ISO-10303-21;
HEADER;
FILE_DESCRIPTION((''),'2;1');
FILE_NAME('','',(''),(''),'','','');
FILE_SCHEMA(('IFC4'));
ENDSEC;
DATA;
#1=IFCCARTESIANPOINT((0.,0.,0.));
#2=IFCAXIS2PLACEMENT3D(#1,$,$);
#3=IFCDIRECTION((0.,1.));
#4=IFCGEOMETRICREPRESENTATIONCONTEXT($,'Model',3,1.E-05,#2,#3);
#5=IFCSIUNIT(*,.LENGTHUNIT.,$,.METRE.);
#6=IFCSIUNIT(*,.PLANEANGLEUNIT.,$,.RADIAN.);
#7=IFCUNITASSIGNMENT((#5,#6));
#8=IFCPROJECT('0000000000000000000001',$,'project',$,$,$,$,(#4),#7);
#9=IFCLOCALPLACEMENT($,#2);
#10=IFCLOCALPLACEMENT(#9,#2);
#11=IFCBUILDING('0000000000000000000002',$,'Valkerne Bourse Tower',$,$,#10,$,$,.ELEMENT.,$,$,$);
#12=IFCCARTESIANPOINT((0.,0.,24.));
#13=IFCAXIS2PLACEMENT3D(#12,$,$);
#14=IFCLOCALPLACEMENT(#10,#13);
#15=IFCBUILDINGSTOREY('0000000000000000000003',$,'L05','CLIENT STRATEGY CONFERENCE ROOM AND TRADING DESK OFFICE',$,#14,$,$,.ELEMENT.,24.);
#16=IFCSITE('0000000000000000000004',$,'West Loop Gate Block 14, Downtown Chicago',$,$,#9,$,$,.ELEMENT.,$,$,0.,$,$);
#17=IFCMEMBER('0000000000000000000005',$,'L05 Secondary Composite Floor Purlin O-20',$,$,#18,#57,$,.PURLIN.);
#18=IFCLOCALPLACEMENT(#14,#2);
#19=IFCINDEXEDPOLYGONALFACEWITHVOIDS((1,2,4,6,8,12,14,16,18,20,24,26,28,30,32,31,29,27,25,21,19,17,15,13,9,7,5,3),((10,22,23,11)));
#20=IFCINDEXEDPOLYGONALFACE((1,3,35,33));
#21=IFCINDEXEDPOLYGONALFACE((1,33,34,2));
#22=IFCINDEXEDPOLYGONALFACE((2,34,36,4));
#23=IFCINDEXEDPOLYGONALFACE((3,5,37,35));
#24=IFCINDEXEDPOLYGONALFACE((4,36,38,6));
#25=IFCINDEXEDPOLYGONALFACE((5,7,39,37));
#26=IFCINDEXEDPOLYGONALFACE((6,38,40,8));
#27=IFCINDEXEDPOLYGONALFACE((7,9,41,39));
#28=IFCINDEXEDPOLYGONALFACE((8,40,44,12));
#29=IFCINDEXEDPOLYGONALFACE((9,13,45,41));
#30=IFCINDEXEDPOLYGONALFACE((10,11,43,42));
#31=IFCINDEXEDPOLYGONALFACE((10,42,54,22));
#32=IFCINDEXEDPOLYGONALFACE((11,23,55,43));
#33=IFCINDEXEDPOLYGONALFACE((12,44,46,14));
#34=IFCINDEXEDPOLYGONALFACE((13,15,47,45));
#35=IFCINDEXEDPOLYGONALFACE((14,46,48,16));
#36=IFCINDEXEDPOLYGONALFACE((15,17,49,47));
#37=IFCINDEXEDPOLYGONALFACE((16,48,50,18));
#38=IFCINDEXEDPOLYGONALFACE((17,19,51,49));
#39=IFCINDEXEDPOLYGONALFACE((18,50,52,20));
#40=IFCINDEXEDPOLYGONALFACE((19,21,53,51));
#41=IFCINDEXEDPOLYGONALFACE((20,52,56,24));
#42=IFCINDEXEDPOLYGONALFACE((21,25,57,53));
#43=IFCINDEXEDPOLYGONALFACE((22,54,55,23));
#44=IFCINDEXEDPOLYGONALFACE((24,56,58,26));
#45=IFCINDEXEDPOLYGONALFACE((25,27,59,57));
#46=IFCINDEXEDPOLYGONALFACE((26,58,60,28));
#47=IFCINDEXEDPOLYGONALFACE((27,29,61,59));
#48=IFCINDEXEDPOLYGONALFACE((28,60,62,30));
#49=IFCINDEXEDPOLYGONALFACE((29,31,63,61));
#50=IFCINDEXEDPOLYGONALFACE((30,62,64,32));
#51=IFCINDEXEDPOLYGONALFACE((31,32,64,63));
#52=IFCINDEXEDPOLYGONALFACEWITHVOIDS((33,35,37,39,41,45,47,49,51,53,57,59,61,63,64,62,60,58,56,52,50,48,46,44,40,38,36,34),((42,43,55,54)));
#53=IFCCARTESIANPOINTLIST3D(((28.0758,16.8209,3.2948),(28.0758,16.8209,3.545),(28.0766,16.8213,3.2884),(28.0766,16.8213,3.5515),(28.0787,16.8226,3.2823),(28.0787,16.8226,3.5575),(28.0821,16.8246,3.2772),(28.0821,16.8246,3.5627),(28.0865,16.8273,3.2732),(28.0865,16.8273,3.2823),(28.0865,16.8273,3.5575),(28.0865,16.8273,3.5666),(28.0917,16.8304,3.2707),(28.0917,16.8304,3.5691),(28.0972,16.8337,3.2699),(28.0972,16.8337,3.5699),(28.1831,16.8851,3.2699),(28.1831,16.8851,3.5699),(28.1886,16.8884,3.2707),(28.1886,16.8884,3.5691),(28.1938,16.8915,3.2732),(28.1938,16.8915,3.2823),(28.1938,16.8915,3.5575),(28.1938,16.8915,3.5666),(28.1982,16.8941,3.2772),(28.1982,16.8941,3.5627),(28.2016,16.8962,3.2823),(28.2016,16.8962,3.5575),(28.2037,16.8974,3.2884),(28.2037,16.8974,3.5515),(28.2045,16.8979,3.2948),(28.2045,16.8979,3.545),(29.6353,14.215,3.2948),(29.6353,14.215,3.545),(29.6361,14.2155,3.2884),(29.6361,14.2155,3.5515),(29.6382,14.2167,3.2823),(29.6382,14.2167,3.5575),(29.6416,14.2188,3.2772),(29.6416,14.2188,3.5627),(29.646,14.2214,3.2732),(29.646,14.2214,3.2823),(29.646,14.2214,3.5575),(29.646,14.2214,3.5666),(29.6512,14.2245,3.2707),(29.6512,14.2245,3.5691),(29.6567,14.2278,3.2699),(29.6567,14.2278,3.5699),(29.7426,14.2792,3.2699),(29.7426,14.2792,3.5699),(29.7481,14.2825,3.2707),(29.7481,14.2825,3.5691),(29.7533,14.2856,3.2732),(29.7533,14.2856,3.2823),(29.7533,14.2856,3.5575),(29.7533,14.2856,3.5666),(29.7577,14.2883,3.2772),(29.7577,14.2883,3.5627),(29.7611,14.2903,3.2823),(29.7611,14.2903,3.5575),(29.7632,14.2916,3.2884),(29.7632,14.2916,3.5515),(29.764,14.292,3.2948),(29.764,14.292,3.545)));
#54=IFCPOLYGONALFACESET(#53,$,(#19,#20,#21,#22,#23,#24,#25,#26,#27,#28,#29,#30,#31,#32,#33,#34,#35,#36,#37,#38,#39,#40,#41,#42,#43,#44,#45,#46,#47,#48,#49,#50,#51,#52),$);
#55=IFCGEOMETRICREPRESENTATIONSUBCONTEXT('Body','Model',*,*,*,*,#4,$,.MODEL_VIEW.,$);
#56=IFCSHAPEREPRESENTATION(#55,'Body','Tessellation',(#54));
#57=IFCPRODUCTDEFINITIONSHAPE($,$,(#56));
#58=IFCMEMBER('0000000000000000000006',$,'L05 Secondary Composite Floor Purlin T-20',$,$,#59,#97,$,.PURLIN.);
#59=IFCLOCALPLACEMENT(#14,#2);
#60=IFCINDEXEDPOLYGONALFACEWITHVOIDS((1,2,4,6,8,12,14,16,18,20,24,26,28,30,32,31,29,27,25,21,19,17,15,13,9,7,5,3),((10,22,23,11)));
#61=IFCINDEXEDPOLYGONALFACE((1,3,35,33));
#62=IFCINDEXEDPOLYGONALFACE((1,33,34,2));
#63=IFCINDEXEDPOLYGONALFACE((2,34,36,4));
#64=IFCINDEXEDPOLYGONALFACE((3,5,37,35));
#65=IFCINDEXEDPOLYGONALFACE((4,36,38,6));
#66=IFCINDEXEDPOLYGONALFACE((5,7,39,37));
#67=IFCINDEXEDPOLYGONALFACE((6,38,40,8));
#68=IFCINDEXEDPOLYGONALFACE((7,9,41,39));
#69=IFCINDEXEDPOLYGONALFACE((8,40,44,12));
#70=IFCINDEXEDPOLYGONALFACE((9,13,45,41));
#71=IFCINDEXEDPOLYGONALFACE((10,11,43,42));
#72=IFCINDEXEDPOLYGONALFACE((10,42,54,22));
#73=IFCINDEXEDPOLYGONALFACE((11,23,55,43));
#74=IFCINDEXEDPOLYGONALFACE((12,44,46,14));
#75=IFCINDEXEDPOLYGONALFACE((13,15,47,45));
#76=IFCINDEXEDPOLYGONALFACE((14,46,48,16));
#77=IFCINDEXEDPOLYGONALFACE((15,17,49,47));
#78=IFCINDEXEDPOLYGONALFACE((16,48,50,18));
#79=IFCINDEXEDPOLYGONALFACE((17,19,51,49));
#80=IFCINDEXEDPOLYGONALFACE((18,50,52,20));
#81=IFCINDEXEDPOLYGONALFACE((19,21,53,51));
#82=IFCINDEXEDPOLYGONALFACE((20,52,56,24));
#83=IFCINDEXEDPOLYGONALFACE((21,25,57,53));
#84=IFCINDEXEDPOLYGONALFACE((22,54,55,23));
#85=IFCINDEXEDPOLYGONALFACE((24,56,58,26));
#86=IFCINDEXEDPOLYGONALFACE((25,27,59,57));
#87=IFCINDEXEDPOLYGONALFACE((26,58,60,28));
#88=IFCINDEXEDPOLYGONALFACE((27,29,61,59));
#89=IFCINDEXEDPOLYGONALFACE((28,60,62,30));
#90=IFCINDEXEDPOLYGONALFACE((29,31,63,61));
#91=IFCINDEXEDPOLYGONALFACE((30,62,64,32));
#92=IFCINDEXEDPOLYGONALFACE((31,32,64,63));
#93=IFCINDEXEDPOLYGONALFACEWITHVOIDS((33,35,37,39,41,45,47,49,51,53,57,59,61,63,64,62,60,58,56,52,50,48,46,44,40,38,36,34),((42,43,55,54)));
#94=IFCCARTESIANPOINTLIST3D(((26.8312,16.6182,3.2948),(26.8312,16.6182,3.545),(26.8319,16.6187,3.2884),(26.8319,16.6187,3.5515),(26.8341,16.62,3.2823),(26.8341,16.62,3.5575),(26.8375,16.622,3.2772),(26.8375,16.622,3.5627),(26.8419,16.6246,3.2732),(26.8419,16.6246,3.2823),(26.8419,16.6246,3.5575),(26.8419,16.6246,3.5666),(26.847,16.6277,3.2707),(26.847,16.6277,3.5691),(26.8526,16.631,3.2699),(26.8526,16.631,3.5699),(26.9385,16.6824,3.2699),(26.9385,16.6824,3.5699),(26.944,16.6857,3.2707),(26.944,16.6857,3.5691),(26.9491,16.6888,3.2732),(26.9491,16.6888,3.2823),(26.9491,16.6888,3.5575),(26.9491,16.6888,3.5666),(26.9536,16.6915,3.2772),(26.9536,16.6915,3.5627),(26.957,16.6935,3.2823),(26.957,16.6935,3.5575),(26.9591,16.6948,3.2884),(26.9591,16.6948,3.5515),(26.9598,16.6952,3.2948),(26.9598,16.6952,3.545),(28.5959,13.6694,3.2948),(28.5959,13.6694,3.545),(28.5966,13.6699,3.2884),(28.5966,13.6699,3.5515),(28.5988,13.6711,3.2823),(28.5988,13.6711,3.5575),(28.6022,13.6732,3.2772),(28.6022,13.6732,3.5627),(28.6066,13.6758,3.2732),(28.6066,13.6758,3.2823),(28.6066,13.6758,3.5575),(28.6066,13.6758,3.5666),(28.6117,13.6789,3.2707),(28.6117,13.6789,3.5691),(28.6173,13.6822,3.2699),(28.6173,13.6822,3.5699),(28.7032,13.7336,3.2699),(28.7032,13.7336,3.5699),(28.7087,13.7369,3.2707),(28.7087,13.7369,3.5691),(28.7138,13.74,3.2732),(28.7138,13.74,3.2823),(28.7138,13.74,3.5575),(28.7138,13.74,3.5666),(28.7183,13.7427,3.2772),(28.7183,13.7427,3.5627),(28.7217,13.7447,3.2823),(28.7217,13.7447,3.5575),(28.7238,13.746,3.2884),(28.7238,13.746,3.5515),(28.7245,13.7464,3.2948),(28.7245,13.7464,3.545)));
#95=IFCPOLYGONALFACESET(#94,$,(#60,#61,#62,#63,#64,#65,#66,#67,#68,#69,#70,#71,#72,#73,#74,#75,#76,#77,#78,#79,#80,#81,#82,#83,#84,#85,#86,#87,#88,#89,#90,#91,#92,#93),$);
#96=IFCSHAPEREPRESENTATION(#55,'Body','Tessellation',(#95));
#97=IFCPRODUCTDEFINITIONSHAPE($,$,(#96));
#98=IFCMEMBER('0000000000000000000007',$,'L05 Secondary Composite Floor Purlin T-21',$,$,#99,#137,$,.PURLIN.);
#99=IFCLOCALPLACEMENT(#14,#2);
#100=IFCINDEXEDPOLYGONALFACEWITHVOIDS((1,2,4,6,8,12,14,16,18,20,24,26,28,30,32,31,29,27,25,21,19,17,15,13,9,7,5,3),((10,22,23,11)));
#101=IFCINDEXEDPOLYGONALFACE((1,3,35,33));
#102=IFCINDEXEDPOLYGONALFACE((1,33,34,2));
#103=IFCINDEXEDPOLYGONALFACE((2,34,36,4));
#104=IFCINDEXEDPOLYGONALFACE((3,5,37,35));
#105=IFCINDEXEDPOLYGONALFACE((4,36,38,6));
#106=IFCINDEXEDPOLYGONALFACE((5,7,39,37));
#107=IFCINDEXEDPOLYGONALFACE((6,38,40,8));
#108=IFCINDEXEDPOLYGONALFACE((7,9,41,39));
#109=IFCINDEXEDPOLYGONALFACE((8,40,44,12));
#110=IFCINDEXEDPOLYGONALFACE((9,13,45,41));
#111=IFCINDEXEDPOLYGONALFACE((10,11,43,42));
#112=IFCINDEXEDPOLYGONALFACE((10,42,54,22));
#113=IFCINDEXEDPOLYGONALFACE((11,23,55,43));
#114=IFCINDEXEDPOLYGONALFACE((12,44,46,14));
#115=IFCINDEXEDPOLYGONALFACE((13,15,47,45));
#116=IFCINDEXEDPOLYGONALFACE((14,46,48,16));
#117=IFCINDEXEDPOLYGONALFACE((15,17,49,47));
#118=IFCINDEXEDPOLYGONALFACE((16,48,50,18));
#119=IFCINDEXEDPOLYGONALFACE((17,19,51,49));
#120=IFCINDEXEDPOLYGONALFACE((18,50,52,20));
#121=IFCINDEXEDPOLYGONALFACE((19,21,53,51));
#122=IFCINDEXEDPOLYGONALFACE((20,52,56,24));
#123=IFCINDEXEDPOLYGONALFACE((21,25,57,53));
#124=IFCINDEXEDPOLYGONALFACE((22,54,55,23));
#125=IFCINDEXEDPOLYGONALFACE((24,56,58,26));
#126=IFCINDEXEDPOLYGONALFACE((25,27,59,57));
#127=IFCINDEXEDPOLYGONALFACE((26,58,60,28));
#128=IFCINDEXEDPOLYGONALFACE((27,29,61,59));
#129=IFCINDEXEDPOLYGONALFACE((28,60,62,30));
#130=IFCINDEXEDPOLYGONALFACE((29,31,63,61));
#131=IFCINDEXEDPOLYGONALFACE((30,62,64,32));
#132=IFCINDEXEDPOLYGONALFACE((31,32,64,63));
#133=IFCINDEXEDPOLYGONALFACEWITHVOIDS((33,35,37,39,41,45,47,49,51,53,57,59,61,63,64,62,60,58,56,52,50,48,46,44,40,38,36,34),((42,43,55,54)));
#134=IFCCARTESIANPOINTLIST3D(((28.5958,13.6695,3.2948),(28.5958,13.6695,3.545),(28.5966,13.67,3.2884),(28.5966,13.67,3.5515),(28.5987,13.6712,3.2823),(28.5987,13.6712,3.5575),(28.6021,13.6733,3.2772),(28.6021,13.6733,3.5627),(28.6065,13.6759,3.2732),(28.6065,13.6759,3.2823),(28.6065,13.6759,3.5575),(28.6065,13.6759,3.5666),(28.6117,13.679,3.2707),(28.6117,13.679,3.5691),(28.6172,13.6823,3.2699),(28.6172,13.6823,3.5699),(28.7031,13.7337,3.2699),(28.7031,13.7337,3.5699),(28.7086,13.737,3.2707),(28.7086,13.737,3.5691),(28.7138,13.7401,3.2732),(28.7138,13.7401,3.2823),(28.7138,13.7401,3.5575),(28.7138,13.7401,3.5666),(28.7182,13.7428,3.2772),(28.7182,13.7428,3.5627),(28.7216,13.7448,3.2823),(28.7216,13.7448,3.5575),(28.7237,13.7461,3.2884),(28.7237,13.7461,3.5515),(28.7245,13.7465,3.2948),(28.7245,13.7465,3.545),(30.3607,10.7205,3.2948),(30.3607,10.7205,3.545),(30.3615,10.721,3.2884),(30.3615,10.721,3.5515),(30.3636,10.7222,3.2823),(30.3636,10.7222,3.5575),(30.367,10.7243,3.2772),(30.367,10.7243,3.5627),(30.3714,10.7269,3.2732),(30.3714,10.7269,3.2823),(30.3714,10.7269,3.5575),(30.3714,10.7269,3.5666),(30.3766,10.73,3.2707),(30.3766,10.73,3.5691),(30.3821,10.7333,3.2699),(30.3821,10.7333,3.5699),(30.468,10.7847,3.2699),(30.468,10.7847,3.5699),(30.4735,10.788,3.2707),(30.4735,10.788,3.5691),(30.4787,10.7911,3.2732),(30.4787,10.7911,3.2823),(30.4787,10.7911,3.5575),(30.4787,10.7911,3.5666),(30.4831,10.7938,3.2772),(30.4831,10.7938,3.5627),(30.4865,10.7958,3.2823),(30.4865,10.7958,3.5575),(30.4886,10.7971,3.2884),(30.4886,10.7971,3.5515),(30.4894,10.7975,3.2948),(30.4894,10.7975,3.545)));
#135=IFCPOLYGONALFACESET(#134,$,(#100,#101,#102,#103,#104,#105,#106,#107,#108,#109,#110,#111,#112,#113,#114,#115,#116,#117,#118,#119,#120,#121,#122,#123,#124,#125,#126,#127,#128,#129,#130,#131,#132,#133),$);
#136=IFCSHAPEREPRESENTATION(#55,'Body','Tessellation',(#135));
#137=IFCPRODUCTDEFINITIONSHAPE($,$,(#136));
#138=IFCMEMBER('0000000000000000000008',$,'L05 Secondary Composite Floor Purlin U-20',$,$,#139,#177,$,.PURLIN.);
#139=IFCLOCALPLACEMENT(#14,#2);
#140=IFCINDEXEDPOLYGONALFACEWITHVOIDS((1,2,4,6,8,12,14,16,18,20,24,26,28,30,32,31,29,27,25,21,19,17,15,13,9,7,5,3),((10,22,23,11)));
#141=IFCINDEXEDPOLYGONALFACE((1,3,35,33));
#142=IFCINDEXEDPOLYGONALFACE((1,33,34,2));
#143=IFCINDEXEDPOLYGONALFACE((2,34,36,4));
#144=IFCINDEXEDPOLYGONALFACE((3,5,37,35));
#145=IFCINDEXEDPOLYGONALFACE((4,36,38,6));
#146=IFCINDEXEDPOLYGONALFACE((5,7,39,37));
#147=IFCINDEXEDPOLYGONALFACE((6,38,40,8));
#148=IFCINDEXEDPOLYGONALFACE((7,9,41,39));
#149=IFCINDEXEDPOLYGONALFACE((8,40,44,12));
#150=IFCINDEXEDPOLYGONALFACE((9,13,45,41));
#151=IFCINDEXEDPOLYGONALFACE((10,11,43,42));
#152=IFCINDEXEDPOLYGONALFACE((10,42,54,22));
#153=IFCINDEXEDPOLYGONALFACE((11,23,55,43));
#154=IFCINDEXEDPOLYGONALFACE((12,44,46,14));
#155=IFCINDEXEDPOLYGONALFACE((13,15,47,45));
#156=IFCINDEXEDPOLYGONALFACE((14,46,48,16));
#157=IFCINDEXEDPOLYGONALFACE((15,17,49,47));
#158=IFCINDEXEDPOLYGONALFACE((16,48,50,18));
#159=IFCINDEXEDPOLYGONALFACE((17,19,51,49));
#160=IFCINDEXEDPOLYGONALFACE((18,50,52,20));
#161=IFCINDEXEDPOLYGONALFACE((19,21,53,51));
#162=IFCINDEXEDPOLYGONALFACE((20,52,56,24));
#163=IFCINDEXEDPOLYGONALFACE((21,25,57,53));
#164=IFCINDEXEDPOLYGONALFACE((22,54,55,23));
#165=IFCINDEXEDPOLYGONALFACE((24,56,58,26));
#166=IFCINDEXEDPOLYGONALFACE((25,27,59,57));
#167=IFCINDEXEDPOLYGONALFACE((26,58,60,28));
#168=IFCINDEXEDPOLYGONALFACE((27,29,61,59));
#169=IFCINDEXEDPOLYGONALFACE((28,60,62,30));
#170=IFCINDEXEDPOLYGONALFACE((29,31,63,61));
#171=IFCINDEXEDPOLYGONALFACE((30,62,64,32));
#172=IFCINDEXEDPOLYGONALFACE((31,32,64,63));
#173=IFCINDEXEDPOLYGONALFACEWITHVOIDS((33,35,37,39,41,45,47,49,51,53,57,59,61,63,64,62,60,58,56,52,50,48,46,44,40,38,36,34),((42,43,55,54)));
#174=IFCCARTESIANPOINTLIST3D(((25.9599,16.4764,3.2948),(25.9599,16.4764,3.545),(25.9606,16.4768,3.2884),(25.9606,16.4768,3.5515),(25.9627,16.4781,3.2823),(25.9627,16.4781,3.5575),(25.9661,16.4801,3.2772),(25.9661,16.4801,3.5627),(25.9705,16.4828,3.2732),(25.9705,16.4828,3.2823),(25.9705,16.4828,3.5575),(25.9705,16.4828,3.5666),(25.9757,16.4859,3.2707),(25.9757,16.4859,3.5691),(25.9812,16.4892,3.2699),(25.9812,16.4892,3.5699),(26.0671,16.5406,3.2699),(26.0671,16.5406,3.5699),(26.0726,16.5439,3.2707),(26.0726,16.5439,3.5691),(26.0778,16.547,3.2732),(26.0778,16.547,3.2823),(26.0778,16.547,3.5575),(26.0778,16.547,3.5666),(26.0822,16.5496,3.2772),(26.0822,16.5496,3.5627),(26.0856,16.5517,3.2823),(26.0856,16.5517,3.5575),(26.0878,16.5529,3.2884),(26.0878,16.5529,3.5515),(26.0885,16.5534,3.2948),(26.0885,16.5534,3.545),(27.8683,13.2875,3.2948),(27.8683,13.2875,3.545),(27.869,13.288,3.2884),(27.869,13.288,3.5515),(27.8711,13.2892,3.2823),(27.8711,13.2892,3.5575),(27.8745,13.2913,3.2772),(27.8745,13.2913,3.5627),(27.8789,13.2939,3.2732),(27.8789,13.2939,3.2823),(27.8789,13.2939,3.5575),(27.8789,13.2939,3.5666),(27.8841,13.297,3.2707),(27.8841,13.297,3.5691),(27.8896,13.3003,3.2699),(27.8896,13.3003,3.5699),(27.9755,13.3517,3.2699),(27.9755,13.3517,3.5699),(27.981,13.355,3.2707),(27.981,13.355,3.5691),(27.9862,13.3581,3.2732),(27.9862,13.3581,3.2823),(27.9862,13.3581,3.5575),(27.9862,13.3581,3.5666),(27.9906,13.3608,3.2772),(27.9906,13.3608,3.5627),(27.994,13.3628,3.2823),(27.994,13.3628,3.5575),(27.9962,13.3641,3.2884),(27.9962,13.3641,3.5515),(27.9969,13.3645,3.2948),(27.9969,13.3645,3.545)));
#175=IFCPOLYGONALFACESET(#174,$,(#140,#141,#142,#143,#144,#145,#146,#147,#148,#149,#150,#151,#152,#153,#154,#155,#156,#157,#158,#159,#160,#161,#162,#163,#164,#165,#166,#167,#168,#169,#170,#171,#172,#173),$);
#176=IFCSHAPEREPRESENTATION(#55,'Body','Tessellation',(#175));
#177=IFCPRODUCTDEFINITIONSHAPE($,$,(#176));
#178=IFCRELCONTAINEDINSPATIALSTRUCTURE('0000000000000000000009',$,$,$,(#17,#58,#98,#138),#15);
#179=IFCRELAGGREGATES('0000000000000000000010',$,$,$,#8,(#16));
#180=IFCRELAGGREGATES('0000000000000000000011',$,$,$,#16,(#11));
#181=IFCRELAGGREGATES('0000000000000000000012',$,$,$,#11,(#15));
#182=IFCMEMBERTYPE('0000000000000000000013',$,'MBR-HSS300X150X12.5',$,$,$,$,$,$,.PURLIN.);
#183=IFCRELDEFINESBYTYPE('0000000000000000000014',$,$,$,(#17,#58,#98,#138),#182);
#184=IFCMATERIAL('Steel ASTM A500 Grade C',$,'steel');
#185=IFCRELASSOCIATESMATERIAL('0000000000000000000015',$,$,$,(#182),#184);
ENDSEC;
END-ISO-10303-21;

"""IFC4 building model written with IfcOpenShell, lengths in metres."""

from ifc_helpers import new_model, si_unit, direction, frame, origin, origin_2d, place, context, subcontext, project, spatial, hollow_rectangle, extrude, material, material_profile, profile_set, type_object, element, save


model = new_model("IFC4")

# Units and contexts
model_context = context("Model", 3, precision=1e-05, world=origin(), true_north=direction((0.0, 1.0)))
body_context = subcontext(model_context, "Body", "Model", "MODEL_VIEW")
ifc_project = project(units=[si_unit("LENGTHUNIT", "METRE"), si_unit("PLANEANGLEUNIT", "RADIAN")], contexts=[model_context])

# Site, building, storey
site_placement = place(None, origin())
site = spatial("IfcSite", under=ifc_project, at=site_placement, Name="West Loop Gate Block 14, Downtown Chicago", CompositionType="ELEMENT", RefElevation=0.0)
building_placement = place(site_placement, origin())
building = spatial("IfcBuilding", under=site, at=building_placement, Name="Valkerne Bourse Tower", CompositionType="ELEMENT")
storey_placement = place(building_placement, frame((0.0, 0.0, 24.0)))
storey = spatial("IfcBuildingStorey", under=building, at=storey_placement, Name="L05", Description="CLIENT STRATEGY CONFERENCE ROOM AND TRADING DESK OFFICE", CompositionType="ELEMENT", Elevation=24.0)

# Members
ifc_material_1 = material(Name="Steel ASTM A500 Grade C", Category="steel")
ifc_material_profile_1 = material_profile(ifc_material_1, hollow_rectangle(XDim=0.1499, YDim=0.3, WallThickness=0.0125, OuterFilletRadius=0.0249, at=origin_2d()), Name="HSS300X150X12.5")
ifc_profile_set_1 = profile_set([ifc_material_profile_1], Name="Steel ASTM A500 Grade C")
member_type_1 = type_object("IfcMemberType", Name="MBR-HSS300X150X12.5", PredefinedType="PURLIN", material=ifc_profile_set_1)
member_1_placement = place(storey_placement, frame((28.1401, 16.8594, 3.4199), z_axis=(0.513526, -0.858074, 0.0), x_axis=(0.858074, 0.513526, 0.0)))
element("IfcMember", 1, at=member_1_placement, inside=storey, type_object=member_type_1, Name="L05 Secondary Composite Floor Purlin O-20", PredefinedType="PURLIN", context=body_context, shape_type="SweptSolid", body=[
    extrude(hollow_rectangle(XDim=0.1499, YDim=0.3, WallThickness=0.0125, OuterFilletRadius=0.0249, at=origin_2d()), origin(), (0.0, 0.0, 1.0), 3.0369),
])
member_2_placement = place(storey_placement, frame((26.8955, 16.6567, 3.4199), z_axis=(0.513513, -0.858082, 0.0), x_axis=(0.858082, 0.513513, 0.0)))
element("IfcMember", 2, at=member_2_placement, inside=storey, type_object=member_type_1, Name="L05 Secondary Composite Floor Purlin T-20", PredefinedType="PURLIN", context=body_context, shape_type="SweptSolid", body=[
    extrude(hollow_rectangle(XDim=0.1499, YDim=0.3, WallThickness=0.0125, OuterFilletRadius=0.0249, at=origin_2d()), origin(), (0.0, 0.0, 1.0), 3.4365),
])
member_3_placement = place(storey_placement, frame((28.6602, 13.708, 3.4199), z_axis=(0.513534, -0.858069, 0.0), x_axis=(0.858069, 0.513534, 0.0)))
element("IfcMember", 3, at=member_3_placement, inside=storey, type_object=member_type_1, Name="L05 Secondary Composite Floor Purlin T-21", PredefinedType="PURLIN", context=body_context, shape_type="SweptSolid", body=[
    extrude(hollow_rectangle(XDim=0.1499, YDim=0.3, WallThickness=0.0125, OuterFilletRadius=0.0249, at=origin_2d()), origin(), (0.0, 0.0, 1.0), 3.4368),
])
for number, where, z_axis, x_axis, name in (
    (4, (26.0242, 16.5149, 3.4199), (0.51352, -0.858078, 0.0), (0.858078, 0.51352, 0.0), "L05 Secondary Composite Floor Purlin U-20"),
):
    element("IfcMember", number, at=place(storey_placement, frame(where, z_axis=z_axis, x_axis=x_axis)), inside=storey, type_object=member_type_1, Name=name, PredefinedType="PURLIN", context=body_context, shape_type="SweptSolid", body=[
        extrude(hollow_rectangle(XDim=0.1499, YDim=0.3, WallThickness=0.0125, OuterFilletRadius=0.0249, at=origin_2d()), origin(), (0.0, 0.0, 1.0), 3.7163),
    ])

save(model, "model.ifc")
